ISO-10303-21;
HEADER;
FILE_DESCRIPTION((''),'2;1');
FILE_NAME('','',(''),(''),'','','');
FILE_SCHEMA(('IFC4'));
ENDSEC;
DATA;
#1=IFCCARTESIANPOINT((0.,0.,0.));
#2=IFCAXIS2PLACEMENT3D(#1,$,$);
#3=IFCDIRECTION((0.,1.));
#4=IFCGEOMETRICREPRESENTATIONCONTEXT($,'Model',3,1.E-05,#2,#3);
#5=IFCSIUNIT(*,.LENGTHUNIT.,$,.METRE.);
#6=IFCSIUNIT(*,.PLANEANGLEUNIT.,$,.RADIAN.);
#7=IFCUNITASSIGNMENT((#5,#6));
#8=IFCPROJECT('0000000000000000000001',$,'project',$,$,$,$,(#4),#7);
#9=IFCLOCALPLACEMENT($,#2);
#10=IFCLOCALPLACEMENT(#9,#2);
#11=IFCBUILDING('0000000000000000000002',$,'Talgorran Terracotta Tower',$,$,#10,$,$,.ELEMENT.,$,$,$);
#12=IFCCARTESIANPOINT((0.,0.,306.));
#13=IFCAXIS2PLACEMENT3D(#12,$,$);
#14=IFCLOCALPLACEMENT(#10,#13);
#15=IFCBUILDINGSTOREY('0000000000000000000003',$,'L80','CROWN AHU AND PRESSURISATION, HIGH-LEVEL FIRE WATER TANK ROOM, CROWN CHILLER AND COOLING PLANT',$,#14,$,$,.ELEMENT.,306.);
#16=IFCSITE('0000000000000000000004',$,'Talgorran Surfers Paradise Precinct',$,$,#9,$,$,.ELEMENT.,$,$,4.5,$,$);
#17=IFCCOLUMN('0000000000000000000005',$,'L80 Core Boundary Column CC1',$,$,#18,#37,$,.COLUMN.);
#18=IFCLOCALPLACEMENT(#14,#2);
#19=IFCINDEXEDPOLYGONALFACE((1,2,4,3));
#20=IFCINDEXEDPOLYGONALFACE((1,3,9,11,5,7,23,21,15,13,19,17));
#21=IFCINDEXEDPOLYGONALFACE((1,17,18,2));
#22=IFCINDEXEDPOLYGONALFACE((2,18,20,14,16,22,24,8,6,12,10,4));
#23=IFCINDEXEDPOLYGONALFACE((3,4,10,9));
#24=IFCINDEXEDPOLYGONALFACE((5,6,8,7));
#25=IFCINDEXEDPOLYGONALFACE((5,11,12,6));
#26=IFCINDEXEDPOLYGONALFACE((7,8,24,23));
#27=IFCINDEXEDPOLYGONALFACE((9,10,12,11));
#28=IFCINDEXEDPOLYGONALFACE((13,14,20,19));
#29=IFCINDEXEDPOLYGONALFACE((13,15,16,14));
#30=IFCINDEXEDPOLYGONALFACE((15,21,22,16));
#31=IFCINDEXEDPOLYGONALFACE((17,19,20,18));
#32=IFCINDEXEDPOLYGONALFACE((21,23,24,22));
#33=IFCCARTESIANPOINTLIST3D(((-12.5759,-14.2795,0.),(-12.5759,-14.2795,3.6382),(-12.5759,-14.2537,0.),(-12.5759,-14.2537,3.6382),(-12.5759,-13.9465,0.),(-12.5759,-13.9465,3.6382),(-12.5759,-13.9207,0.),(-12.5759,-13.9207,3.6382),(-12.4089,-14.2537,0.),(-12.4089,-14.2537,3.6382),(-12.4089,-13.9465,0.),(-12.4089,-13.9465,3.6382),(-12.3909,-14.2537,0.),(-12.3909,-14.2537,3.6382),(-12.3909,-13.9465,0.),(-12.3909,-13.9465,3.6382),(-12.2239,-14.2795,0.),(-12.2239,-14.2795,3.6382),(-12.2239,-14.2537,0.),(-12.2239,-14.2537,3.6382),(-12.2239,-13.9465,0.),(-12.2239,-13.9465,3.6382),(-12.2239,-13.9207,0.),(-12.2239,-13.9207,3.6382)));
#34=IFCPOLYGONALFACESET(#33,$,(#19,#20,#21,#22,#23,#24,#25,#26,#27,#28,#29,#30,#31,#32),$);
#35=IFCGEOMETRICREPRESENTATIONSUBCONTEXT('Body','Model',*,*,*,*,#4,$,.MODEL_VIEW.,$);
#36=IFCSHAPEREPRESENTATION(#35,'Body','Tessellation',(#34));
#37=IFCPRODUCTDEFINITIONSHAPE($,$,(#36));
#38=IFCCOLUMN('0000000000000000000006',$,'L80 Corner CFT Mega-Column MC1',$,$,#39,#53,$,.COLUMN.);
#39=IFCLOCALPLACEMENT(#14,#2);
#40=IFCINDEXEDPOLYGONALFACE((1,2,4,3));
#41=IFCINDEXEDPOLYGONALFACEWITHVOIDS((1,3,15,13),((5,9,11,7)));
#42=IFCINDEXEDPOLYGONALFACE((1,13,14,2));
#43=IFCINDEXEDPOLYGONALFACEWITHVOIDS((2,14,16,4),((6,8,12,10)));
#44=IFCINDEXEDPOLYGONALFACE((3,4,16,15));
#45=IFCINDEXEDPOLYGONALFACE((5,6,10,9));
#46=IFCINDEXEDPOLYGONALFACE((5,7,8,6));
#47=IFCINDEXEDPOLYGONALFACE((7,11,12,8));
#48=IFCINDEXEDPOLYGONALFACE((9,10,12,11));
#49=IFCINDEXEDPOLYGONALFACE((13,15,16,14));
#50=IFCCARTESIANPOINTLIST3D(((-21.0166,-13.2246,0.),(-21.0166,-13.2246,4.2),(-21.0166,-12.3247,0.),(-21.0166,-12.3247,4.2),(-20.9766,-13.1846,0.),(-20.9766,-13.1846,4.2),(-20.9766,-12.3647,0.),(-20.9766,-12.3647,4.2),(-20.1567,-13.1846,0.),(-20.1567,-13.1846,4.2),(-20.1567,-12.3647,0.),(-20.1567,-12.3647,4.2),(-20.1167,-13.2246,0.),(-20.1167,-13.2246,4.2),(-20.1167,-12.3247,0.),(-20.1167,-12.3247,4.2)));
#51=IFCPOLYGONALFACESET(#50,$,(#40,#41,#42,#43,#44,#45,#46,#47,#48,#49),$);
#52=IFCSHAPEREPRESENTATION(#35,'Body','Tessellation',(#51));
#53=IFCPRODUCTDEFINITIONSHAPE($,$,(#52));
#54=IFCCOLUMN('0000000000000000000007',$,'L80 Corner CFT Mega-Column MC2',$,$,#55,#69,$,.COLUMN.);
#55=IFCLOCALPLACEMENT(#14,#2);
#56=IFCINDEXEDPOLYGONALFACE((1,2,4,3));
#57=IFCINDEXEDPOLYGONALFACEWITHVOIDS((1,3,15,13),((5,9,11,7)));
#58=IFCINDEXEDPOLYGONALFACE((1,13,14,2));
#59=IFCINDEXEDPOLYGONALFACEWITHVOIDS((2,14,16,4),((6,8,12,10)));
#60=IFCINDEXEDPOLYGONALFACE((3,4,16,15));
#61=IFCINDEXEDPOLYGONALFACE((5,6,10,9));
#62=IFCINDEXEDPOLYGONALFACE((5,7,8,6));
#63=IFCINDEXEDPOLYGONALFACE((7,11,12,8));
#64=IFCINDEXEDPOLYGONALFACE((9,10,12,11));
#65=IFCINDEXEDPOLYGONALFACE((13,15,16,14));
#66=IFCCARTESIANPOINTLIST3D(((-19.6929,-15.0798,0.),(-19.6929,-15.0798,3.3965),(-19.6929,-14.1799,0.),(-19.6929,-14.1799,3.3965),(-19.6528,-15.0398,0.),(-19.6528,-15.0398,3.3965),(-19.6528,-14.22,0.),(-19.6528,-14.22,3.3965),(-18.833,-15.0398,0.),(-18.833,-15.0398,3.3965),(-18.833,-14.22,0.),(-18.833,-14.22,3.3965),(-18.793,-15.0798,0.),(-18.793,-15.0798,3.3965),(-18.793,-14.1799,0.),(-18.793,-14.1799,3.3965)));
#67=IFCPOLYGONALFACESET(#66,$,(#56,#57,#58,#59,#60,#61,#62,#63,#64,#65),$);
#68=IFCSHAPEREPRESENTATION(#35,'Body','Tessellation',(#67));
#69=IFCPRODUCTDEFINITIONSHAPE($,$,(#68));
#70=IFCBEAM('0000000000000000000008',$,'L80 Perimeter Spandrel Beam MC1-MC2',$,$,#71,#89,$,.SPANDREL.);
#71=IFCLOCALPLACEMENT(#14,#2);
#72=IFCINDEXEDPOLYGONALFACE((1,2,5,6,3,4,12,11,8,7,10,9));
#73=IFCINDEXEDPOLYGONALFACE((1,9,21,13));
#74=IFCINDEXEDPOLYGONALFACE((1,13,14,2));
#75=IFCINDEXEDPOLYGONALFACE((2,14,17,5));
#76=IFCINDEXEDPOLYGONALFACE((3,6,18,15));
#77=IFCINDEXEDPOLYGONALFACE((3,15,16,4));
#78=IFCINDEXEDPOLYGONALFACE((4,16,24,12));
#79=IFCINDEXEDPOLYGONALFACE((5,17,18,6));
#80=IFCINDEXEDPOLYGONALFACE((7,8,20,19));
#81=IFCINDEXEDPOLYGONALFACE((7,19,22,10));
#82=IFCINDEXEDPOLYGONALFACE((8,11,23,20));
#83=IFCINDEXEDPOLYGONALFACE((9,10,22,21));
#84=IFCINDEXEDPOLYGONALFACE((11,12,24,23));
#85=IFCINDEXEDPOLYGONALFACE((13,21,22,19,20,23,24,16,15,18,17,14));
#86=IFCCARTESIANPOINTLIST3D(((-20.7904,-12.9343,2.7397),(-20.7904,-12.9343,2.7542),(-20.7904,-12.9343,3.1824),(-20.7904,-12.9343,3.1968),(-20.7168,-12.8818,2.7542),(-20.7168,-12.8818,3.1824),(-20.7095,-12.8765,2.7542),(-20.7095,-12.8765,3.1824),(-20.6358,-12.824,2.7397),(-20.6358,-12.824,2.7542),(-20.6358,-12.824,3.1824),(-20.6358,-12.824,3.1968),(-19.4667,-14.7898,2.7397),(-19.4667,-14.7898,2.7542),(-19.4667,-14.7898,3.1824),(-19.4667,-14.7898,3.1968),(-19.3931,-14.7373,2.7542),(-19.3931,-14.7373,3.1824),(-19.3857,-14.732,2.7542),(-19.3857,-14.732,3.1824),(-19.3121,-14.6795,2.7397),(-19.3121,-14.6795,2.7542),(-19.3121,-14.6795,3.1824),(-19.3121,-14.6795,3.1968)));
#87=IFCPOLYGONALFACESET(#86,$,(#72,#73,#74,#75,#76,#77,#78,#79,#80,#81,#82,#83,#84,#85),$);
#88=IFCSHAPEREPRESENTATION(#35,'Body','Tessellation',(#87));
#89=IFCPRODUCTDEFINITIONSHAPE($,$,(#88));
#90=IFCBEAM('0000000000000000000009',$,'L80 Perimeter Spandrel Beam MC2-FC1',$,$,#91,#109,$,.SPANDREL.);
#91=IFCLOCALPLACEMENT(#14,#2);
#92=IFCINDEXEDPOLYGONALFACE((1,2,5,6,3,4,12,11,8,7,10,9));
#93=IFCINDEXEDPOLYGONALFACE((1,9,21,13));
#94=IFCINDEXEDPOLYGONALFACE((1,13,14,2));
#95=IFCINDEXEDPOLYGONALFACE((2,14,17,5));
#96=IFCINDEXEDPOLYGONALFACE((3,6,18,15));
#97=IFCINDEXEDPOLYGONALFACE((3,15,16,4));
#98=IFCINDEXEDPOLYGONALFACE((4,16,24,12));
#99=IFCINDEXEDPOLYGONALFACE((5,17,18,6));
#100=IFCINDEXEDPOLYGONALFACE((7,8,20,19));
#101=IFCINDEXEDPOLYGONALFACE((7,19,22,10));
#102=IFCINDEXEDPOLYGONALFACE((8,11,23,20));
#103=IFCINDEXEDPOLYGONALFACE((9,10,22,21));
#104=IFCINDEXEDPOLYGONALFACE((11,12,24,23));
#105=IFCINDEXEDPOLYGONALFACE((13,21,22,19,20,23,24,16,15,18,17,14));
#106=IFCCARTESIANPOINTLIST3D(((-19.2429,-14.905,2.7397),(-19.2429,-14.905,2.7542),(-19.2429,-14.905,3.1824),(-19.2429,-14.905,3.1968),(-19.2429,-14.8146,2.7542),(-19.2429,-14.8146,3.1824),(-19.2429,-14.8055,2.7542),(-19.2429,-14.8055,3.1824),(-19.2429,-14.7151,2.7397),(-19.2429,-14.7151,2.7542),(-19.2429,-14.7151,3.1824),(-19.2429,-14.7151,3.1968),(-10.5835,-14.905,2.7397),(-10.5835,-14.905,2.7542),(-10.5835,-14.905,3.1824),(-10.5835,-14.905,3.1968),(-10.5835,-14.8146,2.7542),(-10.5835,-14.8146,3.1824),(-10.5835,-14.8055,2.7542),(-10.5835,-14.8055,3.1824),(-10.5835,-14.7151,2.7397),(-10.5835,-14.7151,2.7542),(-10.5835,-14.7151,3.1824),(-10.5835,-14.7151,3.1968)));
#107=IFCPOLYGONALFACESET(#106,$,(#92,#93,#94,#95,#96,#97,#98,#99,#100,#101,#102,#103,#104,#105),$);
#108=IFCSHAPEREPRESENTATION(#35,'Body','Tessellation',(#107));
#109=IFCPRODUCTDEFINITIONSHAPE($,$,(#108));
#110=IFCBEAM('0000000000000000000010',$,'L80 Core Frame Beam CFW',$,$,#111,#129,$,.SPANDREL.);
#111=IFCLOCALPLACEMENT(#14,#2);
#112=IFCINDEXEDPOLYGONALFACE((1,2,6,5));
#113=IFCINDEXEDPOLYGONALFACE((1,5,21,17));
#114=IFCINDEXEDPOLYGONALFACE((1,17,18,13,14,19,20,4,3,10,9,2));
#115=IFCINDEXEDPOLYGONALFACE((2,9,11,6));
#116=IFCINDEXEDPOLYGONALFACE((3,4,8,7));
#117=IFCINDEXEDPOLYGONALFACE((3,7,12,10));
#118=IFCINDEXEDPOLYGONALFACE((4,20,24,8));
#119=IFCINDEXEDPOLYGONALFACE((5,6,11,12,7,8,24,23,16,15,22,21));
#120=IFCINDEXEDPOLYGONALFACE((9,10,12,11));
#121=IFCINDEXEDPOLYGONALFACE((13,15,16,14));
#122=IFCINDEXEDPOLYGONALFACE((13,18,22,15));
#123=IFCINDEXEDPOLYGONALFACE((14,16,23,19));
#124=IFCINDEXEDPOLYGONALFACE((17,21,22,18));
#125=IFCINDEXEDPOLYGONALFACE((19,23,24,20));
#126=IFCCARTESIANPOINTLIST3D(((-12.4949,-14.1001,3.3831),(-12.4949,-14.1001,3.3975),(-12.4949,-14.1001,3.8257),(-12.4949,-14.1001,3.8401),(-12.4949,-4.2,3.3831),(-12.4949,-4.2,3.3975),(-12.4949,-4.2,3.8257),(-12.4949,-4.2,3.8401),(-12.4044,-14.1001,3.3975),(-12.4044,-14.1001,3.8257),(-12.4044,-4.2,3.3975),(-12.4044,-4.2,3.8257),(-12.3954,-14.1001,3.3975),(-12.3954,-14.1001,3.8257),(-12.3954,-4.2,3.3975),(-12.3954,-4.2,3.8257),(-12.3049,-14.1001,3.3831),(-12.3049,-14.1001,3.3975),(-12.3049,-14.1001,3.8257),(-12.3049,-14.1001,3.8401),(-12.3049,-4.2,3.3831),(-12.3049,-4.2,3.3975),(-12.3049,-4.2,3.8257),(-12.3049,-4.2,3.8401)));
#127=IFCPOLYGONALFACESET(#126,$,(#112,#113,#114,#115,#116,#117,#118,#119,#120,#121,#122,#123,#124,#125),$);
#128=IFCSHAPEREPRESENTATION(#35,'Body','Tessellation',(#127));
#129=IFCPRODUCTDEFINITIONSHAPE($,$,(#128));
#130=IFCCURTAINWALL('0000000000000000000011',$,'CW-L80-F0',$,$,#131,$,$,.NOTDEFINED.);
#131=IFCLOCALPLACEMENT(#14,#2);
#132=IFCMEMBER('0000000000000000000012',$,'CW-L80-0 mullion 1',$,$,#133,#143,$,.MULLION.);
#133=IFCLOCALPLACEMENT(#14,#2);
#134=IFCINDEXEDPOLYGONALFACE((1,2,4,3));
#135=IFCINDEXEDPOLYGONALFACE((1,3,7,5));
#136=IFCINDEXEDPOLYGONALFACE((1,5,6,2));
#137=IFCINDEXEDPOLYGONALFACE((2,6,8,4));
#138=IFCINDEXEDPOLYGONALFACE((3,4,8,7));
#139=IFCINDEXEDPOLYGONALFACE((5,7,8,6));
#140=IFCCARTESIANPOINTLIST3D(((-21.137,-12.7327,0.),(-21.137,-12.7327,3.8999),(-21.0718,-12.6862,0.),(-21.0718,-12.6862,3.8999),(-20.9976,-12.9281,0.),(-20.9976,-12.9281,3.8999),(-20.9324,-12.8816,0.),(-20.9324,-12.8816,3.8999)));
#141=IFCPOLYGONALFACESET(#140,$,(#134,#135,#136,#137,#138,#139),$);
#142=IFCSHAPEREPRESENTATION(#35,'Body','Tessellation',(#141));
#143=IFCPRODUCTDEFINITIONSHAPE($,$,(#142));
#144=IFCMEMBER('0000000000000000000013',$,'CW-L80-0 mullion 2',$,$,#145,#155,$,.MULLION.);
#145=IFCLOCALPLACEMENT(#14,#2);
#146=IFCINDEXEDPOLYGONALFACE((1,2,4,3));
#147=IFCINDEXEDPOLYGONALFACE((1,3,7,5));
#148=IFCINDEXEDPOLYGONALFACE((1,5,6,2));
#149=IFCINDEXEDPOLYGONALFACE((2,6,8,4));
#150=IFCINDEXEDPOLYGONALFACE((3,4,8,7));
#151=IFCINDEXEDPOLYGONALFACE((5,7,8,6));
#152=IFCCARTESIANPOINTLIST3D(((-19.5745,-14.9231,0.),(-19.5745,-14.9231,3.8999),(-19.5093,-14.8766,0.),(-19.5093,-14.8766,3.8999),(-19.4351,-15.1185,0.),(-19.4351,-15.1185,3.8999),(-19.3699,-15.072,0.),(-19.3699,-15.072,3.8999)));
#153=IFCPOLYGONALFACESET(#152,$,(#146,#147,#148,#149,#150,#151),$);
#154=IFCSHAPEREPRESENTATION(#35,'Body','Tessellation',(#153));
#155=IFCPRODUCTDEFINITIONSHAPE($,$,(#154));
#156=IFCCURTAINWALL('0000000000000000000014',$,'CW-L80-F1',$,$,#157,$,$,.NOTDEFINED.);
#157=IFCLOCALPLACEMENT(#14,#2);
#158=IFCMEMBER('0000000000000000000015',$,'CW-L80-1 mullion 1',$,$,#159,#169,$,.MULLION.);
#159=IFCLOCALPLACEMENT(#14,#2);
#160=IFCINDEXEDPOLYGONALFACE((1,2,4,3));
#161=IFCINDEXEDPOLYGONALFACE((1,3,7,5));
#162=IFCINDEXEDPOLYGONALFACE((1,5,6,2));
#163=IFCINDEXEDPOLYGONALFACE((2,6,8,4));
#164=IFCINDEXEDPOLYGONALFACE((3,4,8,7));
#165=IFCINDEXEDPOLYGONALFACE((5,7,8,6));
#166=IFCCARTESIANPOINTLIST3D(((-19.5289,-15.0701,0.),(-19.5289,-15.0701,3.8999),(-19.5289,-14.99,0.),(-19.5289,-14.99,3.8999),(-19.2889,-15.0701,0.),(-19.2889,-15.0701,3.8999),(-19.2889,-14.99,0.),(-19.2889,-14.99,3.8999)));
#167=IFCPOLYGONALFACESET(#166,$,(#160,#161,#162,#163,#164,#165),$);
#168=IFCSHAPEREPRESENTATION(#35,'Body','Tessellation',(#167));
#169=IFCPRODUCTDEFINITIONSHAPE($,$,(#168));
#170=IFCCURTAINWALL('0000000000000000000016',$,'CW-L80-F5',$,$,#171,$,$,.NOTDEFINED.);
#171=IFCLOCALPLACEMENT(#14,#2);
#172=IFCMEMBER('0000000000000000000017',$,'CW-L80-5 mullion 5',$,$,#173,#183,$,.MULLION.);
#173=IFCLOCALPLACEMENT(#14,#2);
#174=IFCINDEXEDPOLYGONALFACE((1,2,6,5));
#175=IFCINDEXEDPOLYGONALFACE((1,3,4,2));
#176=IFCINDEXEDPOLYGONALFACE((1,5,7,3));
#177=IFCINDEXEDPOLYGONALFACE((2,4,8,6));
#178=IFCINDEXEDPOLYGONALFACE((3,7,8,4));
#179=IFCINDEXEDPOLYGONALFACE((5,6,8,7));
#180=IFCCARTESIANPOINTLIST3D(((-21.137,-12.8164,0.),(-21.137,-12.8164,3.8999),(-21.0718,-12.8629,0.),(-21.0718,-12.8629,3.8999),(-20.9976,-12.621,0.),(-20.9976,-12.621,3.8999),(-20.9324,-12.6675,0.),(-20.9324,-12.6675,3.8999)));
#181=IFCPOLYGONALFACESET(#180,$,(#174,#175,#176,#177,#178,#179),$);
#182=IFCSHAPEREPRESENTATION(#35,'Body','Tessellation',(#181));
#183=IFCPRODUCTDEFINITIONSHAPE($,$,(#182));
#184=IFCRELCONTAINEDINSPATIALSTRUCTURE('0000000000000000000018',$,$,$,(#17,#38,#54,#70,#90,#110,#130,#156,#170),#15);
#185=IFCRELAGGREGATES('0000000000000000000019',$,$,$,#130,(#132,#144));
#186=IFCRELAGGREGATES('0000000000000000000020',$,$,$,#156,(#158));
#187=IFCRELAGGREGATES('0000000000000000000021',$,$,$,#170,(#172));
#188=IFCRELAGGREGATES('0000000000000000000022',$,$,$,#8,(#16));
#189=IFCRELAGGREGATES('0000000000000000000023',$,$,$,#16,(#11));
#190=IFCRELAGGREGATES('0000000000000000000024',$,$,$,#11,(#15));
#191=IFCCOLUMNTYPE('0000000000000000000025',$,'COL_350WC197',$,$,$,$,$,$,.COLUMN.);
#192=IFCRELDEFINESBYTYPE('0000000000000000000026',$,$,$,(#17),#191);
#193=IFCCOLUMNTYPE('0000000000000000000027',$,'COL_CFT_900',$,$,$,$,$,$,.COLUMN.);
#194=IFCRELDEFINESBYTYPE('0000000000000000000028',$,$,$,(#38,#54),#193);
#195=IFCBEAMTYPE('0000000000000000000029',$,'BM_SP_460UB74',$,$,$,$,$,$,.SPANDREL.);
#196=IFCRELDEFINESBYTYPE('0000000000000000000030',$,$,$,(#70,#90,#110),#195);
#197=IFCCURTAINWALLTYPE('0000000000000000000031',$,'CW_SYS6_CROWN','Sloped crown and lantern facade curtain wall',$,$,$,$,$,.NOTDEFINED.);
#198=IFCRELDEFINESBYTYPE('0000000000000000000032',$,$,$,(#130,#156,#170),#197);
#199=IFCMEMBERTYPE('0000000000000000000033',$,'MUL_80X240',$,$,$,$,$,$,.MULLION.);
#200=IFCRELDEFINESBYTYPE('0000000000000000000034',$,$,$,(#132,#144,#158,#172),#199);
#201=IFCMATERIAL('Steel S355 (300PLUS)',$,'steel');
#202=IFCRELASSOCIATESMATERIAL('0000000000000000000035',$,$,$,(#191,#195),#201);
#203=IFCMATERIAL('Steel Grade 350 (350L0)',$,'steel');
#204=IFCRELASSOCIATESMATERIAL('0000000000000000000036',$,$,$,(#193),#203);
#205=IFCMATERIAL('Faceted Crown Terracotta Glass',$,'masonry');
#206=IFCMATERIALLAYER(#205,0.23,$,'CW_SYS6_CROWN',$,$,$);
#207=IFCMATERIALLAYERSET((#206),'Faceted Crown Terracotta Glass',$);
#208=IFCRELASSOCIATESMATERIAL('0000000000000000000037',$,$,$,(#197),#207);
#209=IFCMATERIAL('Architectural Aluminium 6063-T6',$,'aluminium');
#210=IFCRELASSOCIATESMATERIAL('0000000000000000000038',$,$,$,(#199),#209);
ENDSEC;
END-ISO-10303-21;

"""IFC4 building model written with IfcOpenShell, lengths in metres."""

from ifc_helpers import new_model, si_unit, direction, frame, origin, origin_2d, place, context, subcontext, project, spatial, rectangle, hollow_rectangle, i_section, extrude, material, layer, layer_set, material_profile, profile_set, type_object, element, aggregate, save


model = new_model("IFC4")

# Units and contexts
model_context = context("Model", 3, precision=1e-05, world=origin(), true_north=direction((0.0, 1.0)))
body_context = subcontext(model_context, "Body", "Model", "MODEL_VIEW")
ifc_project = project(units=[si_unit("LENGTHUNIT", "METRE"), si_unit("PLANEANGLEUNIT", "RADIAN")], contexts=[model_context])

# Site, building, storey
site_placement = place(None, origin())
site = spatial("IfcSite", under=ifc_project, at=site_placement, Name="Talgorran Surfers Paradise Precinct", CompositionType="ELEMENT", RefElevation=4.5)
building_placement = place(site_placement, origin())
building = spatial("IfcBuilding", under=site, at=building_placement, Name="Talgorran Terracotta Tower", CompositionType="ELEMENT")
storey_placement = place(building_placement, frame((0.0, 0.0, 306.0)))
storey = spatial("IfcBuildingStorey", under=building, at=storey_placement, Name="L80", Description="CROWN AHU AND PRESSURISATION, HIGH-LEVEL FIRE WATER TANK ROOM, CROWN CHILLER AND COOLING PLANT", CompositionType="ELEMENT", Elevation=306.0)

# Columns
ifc_material_1 = material(Name="Steel S355 (300PLUS)", Category="steel")
ifc_material_profile_1 = material_profile(ifc_material_1, i_section(OverallWidth=0.3521, OverallDepth=0.3589, WebThickness=0.0181, FlangeThickness=0.0259, at=origin_2d()), Name="350WC197")
ifc_profile_set_1 = profile_set([ifc_material_profile_1], Name="Steel S355 (300PLUS)")
column_type_1 = type_object("IfcColumnType", Name="COL_350WC197", PredefinedType="COLUMN", material=ifc_profile_set_1)
column_1_placement = place(storey_placement, frame((-12.3999, -14.1001, 0.0), z_axis=(0.0, 0.0, 1.0), x_axis=(1.0, 0.0, 0.0)))
element("IfcColumn", 1, at=column_1_placement, inside=storey, type_object=column_type_1, Name="L80 Core Boundary Column CC1", PredefinedType="COLUMN", context=body_context, shape_type="SweptSolid", body=[
    extrude(i_section(OverallWidth=0.3521, OverallDepth=0.3589, WebThickness=0.0181, FlangeThickness=0.0259, at=origin_2d()), origin(), (0.0, 0.0, 1.0), 3.6382),
])
ifc_material_2 = material(Name="Steel Grade 350 (350L0)", Category="steel")
ifc_material_profile_2 = material_profile(ifc_material_2, hollow_rectangle(XDim=0.8999, YDim=0.8999, WallThickness=0.04, at=origin_2d()), Name="CFT900X900X40")
ifc_profile_set_2 = profile_set([ifc_material_profile_2], Name="Steel Grade 350 (350L0)")
column_type_2 = type_object("IfcColumnType", Name="COL_CFT_900", PredefinedType="COLUMN", material=ifc_profile_set_2)
column_2_placement = place(storey_placement, frame((-20.5667, -12.7747, 0.0), z_axis=(0.0, 0.0, 1.0), x_axis=(1.0, 0.0, 0.0)))
element("IfcColumn", 2, at=column_2_placement, inside=storey, type_object=column_type_2, Name="L80 Corner CFT Mega-Column MC1", PredefinedType="COLUMN", context=body_context, shape_type="SweptSolid", body=[
    extrude(hollow_rectangle(XDim=0.8999, YDim=0.8999, WallThickness=0.04, at=origin_2d()), origin(), (0.0, 0.0, 1.0), 4.2),
])
column_3_placement = place(storey_placement, frame((-19.2429, -14.6299, 0.0), z_axis=(0.0, 0.0, 1.0), x_axis=(1.0, 0.0, 0.0)))
element("IfcColumn", 3, at=column_3_placement, inside=storey, type_object=column_type_2, Name="L80 Corner CFT Mega-Column MC2", PredefinedType="COLUMN", context=body_context, shape_type="SweptSolid", body=[
    extrude(hollow_rectangle(XDim=0.8999, YDim=0.8999, WallThickness=0.04, at=origin_2d()), origin(), (0.0, 0.0, 1.0), 3.3965),
])

# Beams
ifc_material_profile_3 = material_profile(ifc_material_1, i_section(OverallWidth=0.1899, OverallDepth=0.457, WebThickness=0.009, FlangeThickness=0.0144, at=origin_2d()), Name="460UB74.6")
ifc_profile_set_3 = profile_set([ifc_material_profile_3], Name="Steel S355 (300PLUS)")
beam_type = type_object("IfcBeamType", Name="BM_SP_460UB74", PredefinedType="SPANDREL", material=ifc_profile_set_3)
beam_1_placement = place(storey_placement, frame((-20.7131, -12.8792, 2.9683), z_axis=(0.580772, -0.814066, 0.0), x_axis=(0.814066, 0.580772, 0.0)))
element("IfcBeam", 4, at=beam_1_placement, inside=storey, type_object=beam_type, Name="L80 Perimeter Spandrel Beam MC1-MC2", PredefinedType="SPANDREL", context=body_context, shape_type="SweptSolid", body=[
    extrude(i_section(OverallWidth=0.1899, OverallDepth=0.457, WebThickness=0.009, FlangeThickness=0.0144, at=origin_2d()), origin(), (0.0, 0.0, 1.0), 2.2793),
])
beam_2_placement = place(storey_placement, frame((-19.2429, -14.8101, 2.9683), z_axis=(1.0, 0.0, 0.0), x_axis=(0.0, 1.0, 0.0)))
element("IfcBeam", 5, at=beam_2_placement, inside=storey, type_object=beam_type, Name="L80 Perimeter Spandrel Beam MC2-FC1", PredefinedType="SPANDREL", context=body_context, shape_type="SweptSolid", body=[
    extrude(i_section(OverallWidth=0.1899, OverallDepth=0.457, WebThickness=0.009, FlangeThickness=0.0144, at=origin_2d()), origin(), (0.0, 0.0, 1.0), 8.6594),
])
beam_3_placement = place(storey_placement, frame((-12.3999, -14.1001, 3.6116), z_axis=(0.0, 1.0, 0.0), x_axis=(-1.0, 0.0, 0.0)))
element("IfcBeam", 6, at=beam_3_placement, inside=storey, type_object=beam_type, Name="L80 Core Frame Beam CFW", PredefinedType="SPANDREL", context=body_context, shape_type="SweptSolid", body=[
    extrude(i_section(OverallWidth=0.1899, OverallDepth=0.457, WebThickness=0.009, FlangeThickness=0.0144, at=origin_2d()), origin(), (0.0, 0.0, 1.0), 9.9001),
])

# Curtain wall, members
ifc_material_3 = material(Name="Faceted Crown Terracotta Glass", Category="masonry")
ifc_layer_1 = layer(ifc_material_3, 0.23, Name="CW_SYS6_CROWN")
ifc_layer_set_1 = layer_set([ifc_layer_1], Name="Faceted Crown Terracotta Glass")
curtain_wall_type = type_object("IfcCurtainWallType", Name="CW_SYS6_CROWN", Description="Sloped crown and lantern facade curtain wall", PredefinedType="NOTDEFINED", material=ifc_layer_set_1)
curtain_wall_1_placement = place(storey_placement, origin())
curtain_wall_1 = element("IfcCurtainWall", 7, at=curtain_wall_1_placement, inside=storey, type_object=curtain_wall_type, Name="CW-L80-F0", PredefinedType="NOTDEFINED")
ifc_material_4 = material(Name="Architectural Aluminium 6063-T6", Category="aluminium")
ifc_material_profile_4 = material_profile(ifc_material_4, rectangle(XDim=0.0801, YDim=0.24, at=origin_2d()), Name="CWM80X240")
ifc_profile_set_4 = profile_set([ifc_material_profile_4], Name="Architectural Aluminium 6063-T6")
member_type_1 = type_object("IfcMemberType", Name="MUL_80X240", PredefinedType="MULLION", material=ifc_profile_set_4)
member_1_placement = place(storey_placement, frame((-21.0347, -12.8071, 0.0), z_axis=(0.0, 0.0, 1.0), x_axis=(0.814075, 0.58076, 0.0)))
member_1 = element("IfcMember", 8, at=member_1_placement, type_object=member_type_1, Name="CW-L80-0 mullion 1", PredefinedType="MULLION", context=body_context, shape_type="SweptSolid", body=[
    extrude(rectangle(XDim=0.0801, YDim=0.24, at=origin_2d()), origin(), (0.0, 0.0, 1.0), 3.8999),
])
member_2_placement = place(storey_placement, frame((-19.4722, -14.9976, 0.0), z_axis=(0.0, 0.0, 1.0), x_axis=(0.814075, 0.58076, 0.0)))
member_2 = element("IfcMember", 9, at=member_2_placement, type_object=member_type_1, Name="CW-L80-0 mullion 2", PredefinedType="MULLION", context=body_context, shape_type="SweptSolid", body=[
    extrude(rectangle(XDim=0.0801, YDim=0.24, at=origin_2d()), origin(), (0.0, 0.0, 1.0), 3.8999),
])

# Curtain walls, members
curtain_wall_2_placement = place(storey_placement, origin())
curtain_wall_2 = element("IfcCurtainWall", 10, at=curtain_wall_2_placement, inside=storey, type_object=curtain_wall_type, Name="CW-L80-F1", PredefinedType="NOTDEFINED")
member_3_placement = place(storey_placement, frame((-19.4089, -15.03, 0.0), z_axis=(0.0, 0.0, 1.0), x_axis=(0.0, 1.0, 0.0)))
member_3 = element("IfcMember", 11, at=member_3_placement, type_object=member_type_1, Name="CW-L80-1 mullion 1", PredefinedType="MULLION", context=body_context, shape_type="SweptSolid", body=[
    extrude(rectangle(XDim=0.0801, YDim=0.24, at=origin_2d()), origin(), (0.0, 0.0, 1.0), 3.8999),
])
curtain_wall_3_placement = place(storey_placement, origin())
curtain_wall_3 = element("IfcCurtainWall", 12, at=curtain_wall_3_placement, inside=storey, type_object=curtain_wall_type, Name="CW-L80-F5", PredefinedType="NOTDEFINED")
member_4_placement = place(storey_placement, frame((-21.0347, -12.7419, 0.0), z_axis=(0.0, 0.0, 1.0), x_axis=(0.814076, -0.580758, 0.0)))
member_4 = element("IfcMember", 13, at=member_4_placement, type_object=member_type_1, Name="CW-L80-5 mullion 5", PredefinedType="MULLION", context=body_context, shape_type="SweptSolid", body=[
    extrude(rectangle(XDim=0.0801, YDim=0.24, at=origin_2d()), origin(), (0.0, 0.0, 1.0), 3.8999),
])

aggregate(curtain_wall_1, [member_1, member_2])
aggregate(curtain_wall_2, [member_3])
aggregate(curtain_wall_3, [member_4])

save(model, "model.ifc")
